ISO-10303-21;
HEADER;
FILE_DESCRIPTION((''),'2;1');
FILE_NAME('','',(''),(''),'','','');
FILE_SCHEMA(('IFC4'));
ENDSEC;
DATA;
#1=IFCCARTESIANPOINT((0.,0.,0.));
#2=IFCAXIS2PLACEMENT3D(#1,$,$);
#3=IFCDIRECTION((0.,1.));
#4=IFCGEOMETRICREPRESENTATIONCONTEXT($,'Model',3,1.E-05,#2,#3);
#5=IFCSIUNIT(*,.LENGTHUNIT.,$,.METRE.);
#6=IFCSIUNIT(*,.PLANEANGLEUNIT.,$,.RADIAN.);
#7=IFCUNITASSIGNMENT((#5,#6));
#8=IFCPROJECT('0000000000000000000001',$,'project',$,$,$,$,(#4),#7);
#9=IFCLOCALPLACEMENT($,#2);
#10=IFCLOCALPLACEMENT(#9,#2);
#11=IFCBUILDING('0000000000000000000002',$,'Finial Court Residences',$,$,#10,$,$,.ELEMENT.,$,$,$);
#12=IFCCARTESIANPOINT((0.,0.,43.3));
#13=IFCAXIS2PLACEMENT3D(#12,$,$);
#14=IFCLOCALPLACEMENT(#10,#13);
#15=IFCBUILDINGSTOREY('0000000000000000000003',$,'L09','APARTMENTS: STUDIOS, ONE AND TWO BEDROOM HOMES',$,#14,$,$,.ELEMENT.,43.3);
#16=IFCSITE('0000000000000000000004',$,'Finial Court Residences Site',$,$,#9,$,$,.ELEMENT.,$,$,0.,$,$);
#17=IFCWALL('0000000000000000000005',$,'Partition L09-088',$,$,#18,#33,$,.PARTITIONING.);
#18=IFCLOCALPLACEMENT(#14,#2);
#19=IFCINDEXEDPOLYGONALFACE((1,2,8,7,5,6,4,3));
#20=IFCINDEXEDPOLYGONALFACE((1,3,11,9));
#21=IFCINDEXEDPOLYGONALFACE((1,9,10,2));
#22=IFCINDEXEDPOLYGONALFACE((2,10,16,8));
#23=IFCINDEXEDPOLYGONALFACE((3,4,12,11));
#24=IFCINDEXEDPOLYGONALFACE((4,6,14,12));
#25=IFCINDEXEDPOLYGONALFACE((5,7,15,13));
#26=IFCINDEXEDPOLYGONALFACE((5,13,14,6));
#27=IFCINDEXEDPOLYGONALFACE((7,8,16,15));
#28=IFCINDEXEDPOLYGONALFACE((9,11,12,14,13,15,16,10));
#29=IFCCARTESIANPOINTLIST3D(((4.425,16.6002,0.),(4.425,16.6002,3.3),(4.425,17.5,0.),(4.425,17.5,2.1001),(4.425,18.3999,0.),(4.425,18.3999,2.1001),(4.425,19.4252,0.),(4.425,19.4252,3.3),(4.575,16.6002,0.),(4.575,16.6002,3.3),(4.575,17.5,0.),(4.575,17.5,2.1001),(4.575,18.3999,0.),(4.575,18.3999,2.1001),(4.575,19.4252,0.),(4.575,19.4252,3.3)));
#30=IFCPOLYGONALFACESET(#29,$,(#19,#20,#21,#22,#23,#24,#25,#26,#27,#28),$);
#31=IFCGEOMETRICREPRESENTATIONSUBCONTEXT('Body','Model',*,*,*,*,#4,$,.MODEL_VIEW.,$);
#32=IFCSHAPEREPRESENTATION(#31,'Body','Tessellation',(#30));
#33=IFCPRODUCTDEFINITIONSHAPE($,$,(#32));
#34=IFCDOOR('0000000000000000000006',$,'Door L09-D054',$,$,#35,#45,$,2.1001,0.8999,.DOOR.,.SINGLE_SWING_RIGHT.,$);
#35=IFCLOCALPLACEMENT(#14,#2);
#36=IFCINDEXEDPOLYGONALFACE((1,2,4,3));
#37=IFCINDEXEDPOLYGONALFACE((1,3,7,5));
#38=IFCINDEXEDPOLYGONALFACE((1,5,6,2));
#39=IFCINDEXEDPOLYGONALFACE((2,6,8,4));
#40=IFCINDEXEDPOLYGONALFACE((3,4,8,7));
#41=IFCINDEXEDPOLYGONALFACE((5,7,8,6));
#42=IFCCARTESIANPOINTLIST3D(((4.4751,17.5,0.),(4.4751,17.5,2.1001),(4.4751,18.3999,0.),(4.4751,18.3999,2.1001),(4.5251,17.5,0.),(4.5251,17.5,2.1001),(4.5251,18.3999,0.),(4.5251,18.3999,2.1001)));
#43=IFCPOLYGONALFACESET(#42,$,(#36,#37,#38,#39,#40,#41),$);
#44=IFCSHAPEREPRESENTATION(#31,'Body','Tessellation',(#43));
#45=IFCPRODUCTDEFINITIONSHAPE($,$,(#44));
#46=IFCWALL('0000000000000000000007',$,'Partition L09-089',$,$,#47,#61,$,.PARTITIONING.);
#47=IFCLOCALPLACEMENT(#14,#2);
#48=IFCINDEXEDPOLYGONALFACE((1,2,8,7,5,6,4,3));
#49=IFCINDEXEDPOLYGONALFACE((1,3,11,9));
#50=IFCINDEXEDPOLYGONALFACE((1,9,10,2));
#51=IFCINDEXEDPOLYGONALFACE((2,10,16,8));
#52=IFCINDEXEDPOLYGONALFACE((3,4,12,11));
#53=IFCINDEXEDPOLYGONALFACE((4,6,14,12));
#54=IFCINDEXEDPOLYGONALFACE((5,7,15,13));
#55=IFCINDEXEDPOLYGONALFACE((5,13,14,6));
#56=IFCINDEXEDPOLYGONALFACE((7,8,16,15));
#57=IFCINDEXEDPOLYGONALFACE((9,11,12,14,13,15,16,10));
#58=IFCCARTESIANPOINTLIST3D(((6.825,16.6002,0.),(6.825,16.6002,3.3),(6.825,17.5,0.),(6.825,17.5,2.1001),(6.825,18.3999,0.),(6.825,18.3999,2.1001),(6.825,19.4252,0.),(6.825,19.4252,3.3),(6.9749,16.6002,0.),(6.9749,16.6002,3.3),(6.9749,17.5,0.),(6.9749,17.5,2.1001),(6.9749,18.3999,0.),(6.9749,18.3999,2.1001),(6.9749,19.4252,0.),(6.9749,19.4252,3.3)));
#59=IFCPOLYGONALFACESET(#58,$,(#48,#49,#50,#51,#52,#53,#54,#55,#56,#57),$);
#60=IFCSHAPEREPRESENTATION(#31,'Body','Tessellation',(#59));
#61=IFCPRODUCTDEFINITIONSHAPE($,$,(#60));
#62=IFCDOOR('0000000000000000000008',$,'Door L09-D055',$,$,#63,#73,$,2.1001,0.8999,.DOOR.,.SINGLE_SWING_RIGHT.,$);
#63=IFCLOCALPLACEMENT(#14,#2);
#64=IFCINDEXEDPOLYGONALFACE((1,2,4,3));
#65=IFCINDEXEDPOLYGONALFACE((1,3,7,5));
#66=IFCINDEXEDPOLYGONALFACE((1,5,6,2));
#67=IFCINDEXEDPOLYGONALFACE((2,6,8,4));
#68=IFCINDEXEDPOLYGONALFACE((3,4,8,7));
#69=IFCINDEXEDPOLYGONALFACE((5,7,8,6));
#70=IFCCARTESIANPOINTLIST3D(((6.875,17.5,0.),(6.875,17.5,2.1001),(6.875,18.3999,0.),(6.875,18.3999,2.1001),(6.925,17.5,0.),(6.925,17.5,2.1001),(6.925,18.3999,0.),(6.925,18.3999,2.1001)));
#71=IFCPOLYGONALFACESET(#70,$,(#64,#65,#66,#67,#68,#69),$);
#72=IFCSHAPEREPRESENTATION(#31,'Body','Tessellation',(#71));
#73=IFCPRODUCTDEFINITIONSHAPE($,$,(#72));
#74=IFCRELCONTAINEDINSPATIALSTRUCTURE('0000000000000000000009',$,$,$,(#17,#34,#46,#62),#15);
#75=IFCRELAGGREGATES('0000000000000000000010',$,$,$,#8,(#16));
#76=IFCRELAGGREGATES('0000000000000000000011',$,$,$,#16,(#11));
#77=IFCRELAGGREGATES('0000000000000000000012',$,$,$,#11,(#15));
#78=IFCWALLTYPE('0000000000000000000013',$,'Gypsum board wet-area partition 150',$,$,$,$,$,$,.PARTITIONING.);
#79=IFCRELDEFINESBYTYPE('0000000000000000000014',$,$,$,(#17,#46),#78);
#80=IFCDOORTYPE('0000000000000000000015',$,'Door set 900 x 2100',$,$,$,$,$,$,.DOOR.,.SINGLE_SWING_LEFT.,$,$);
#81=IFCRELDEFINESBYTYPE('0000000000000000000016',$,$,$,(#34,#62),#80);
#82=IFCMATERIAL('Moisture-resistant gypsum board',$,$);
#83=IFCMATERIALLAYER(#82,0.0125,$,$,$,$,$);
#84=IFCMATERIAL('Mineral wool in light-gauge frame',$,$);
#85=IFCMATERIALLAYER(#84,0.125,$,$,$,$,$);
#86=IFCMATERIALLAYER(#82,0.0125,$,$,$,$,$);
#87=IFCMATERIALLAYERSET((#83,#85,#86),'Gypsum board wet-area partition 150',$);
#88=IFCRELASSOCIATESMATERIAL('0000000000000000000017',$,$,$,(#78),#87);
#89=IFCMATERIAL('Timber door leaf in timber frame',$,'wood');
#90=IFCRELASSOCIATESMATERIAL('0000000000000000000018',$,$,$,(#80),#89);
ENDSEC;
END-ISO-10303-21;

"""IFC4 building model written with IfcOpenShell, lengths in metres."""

from ifc_helpers import new_model, si_unit, direction, frame, frame_2d, origin, place, context, subcontext, project, spatial, rectangle, extrude, material, layer, layer_set, type_object, element, fill, save


model = new_model("IFC4")

# Units and contexts
model_context = context("Model", 3, precision=1e-05, world=origin(), true_north=direction((0.0, 1.0)))
body_context = subcontext(model_context, "Body", "Model", "MODEL_VIEW")
ifc_project = project(units=[si_unit("LENGTHUNIT", "METRE"), si_unit("PLANEANGLEUNIT", "RADIAN")], contexts=[model_context])

# Site, building, storey
site_placement = place(None, origin())
site = spatial("IfcSite", under=ifc_project, at=site_placement, Name="Finial Court Residences Site", CompositionType="ELEMENT", RefElevation=0.0)
building_placement = place(site_placement, origin())
building = spatial("IfcBuilding", under=site, at=building_placement, Name="Finial Court Residences", CompositionType="ELEMENT")
storey_placement = place(building_placement, frame((0.0, 0.0, 43.3)))
storey = spatial("IfcBuildingStorey", under=building, at=storey_placement, Name="L09", Description="APARTMENTS: STUDIOS, ONE AND TWO BEDROOM HOMES", CompositionType="ELEMENT", Elevation=43.3)

# Shared definitions
ifc_material_1 = material(Name="Mineral wool in light-gauge frame")
ifc_material_2 = material(Name="Moisture-resistant gypsum board")
ifc_layer_1 = layer(ifc_material_2, 0.0125)
ifc_layer_2 = layer(ifc_material_1, 0.125)
ifc_layer_3 = layer(ifc_material_2, 0.0125)
ifc_layer_set_1 = layer_set([ifc_layer_1, ifc_layer_2, ifc_layer_3], Name="Gypsum board wet-area partition 150")
wall_type_1 = type_object("IfcWallType", Name="Gypsum board wet-area partition 150", PredefinedType="PARTITIONING", material=ifc_layer_set_1)

# Walls, openings, doors
ifc_material_3 = material(Name="Timber door leaf in timber frame", Category="wood")
door_type = type_object("IfcDoorType", Name="Door set 900 x 2100", OperationType="SINGLE_SWING_LEFT", PredefinedType="DOOR", material=ifc_material_3)
wall_1_placement = place(storey_placement, frame((4.5, 16.6001, 0.0), z_axis=(0.0, 0.0, 1.0), x_axis=(0.0, 1.0, 0.0)))
wall_1 = element("IfcWall", 1, at=wall_1_placement, inside=storey, type_object=wall_type_1, Name="Partition L09-088", PredefinedType="PARTITIONING", context=body_context, shape_type="SweptSolid", body=[
    extrude(rectangle(XDim=2.825, YDim=0.1499, at=frame_2d((1.4126, 0.0))), origin(), (0.0, 0.0, 1.0), 3.3),
])
opening_1_placement = place(wall_1_placement, frame((0.8999, 0.0, 0.0)))
opening_1 = element("IfcOpeningElement", 2, at=opening_1_placement, cuts=wall_1, PredefinedType="OPENING", context=body_context, shape_type="SweptSolid", body=[
    extrude(rectangle(XDim=0.8999, YDim=2.1001, at=frame_2d((0.45, 1.05))), frame((0.0, 0.085, 0.0), z_axis=(0.0, -1.0, 0.0), x_axis=(1.0, 0.0, 0.0)), (0.0, 0.0, 1.0), 0.1699),
])
door_1_placement = place(opening_1_placement, origin())
door_1 = element("IfcDoor", 3, at=door_1_placement, inside=storey, type_object=door_type, Name="Door L09-D054", OperationType="SINGLE_SWING_RIGHT", OverallHeight=2.1001, OverallWidth=0.8999, PredefinedType="DOOR", context=body_context, shape_type="SweptSolid", body=[
    extrude(rectangle(XDim=0.8999, YDim=2.1001, at=frame_2d((0.45, 1.05))), frame((0.0, 0.0249, 0.0), z_axis=(0.0, -1.0, 0.0), x_axis=(1.0, 0.0, 0.0)), (0.0, 0.0, 1.0), 0.05),
])
fill(opening_1, door_1)
wall_2_placement = place(storey_placement, frame((6.8999, 16.6001, 0.0), z_axis=(0.0, 0.0, 1.0), x_axis=(0.0, 1.0, 0.0)))
wall_2 = element("IfcWall", 4, at=wall_2_placement, inside=storey, type_object=wall_type_1, Name="Partition L09-089", PredefinedType="PARTITIONING", context=body_context, shape_type="SweptSolid", body=[
    extrude(rectangle(XDim=2.825, YDim=0.1499, at=frame_2d((1.4126, 0.0))), origin(), (0.0, 0.0, 1.0), 3.3),
])
opening_2_placement = place(wall_2_placement, frame((0.8999, 0.0, 0.0)))
opening_2 = element("IfcOpeningElement", 5, at=opening_2_placement, cuts=wall_2, PredefinedType="OPENING", context=body_context, shape_type="SweptSolid", body=[
    extrude(rectangle(XDim=0.8999, YDim=2.1001, at=frame_2d((0.45, 1.05))), frame((0.0, 0.085, 0.0), z_axis=(0.0, -1.0, 0.0), x_axis=(1.0, 0.0, 0.0)), (0.0, 0.0, 1.0), 0.1699),
])
door_2_placement = place(opening_2_placement, origin())
door_2 = element("IfcDoor", 6, at=door_2_placement, inside=storey, type_object=door_type, Name="Door L09-D055", OperationType="SINGLE_SWING_RIGHT", OverallHeight=2.1001, OverallWidth=0.8999, PredefinedType="DOOR", context=body_context, shape_type="SweptSolid", body=[
    extrude(rectangle(XDim=0.8999, YDim=2.1001, at=frame_2d((0.45, 1.05))), frame((0.0, 0.0249, 0.0), z_axis=(0.0, -1.0, 0.0), x_axis=(1.0, 0.0, 0.0)), (0.0, 0.0, 1.0), 0.05),
])
fill(opening_2, door_2)

save(model, "model.ifc")
